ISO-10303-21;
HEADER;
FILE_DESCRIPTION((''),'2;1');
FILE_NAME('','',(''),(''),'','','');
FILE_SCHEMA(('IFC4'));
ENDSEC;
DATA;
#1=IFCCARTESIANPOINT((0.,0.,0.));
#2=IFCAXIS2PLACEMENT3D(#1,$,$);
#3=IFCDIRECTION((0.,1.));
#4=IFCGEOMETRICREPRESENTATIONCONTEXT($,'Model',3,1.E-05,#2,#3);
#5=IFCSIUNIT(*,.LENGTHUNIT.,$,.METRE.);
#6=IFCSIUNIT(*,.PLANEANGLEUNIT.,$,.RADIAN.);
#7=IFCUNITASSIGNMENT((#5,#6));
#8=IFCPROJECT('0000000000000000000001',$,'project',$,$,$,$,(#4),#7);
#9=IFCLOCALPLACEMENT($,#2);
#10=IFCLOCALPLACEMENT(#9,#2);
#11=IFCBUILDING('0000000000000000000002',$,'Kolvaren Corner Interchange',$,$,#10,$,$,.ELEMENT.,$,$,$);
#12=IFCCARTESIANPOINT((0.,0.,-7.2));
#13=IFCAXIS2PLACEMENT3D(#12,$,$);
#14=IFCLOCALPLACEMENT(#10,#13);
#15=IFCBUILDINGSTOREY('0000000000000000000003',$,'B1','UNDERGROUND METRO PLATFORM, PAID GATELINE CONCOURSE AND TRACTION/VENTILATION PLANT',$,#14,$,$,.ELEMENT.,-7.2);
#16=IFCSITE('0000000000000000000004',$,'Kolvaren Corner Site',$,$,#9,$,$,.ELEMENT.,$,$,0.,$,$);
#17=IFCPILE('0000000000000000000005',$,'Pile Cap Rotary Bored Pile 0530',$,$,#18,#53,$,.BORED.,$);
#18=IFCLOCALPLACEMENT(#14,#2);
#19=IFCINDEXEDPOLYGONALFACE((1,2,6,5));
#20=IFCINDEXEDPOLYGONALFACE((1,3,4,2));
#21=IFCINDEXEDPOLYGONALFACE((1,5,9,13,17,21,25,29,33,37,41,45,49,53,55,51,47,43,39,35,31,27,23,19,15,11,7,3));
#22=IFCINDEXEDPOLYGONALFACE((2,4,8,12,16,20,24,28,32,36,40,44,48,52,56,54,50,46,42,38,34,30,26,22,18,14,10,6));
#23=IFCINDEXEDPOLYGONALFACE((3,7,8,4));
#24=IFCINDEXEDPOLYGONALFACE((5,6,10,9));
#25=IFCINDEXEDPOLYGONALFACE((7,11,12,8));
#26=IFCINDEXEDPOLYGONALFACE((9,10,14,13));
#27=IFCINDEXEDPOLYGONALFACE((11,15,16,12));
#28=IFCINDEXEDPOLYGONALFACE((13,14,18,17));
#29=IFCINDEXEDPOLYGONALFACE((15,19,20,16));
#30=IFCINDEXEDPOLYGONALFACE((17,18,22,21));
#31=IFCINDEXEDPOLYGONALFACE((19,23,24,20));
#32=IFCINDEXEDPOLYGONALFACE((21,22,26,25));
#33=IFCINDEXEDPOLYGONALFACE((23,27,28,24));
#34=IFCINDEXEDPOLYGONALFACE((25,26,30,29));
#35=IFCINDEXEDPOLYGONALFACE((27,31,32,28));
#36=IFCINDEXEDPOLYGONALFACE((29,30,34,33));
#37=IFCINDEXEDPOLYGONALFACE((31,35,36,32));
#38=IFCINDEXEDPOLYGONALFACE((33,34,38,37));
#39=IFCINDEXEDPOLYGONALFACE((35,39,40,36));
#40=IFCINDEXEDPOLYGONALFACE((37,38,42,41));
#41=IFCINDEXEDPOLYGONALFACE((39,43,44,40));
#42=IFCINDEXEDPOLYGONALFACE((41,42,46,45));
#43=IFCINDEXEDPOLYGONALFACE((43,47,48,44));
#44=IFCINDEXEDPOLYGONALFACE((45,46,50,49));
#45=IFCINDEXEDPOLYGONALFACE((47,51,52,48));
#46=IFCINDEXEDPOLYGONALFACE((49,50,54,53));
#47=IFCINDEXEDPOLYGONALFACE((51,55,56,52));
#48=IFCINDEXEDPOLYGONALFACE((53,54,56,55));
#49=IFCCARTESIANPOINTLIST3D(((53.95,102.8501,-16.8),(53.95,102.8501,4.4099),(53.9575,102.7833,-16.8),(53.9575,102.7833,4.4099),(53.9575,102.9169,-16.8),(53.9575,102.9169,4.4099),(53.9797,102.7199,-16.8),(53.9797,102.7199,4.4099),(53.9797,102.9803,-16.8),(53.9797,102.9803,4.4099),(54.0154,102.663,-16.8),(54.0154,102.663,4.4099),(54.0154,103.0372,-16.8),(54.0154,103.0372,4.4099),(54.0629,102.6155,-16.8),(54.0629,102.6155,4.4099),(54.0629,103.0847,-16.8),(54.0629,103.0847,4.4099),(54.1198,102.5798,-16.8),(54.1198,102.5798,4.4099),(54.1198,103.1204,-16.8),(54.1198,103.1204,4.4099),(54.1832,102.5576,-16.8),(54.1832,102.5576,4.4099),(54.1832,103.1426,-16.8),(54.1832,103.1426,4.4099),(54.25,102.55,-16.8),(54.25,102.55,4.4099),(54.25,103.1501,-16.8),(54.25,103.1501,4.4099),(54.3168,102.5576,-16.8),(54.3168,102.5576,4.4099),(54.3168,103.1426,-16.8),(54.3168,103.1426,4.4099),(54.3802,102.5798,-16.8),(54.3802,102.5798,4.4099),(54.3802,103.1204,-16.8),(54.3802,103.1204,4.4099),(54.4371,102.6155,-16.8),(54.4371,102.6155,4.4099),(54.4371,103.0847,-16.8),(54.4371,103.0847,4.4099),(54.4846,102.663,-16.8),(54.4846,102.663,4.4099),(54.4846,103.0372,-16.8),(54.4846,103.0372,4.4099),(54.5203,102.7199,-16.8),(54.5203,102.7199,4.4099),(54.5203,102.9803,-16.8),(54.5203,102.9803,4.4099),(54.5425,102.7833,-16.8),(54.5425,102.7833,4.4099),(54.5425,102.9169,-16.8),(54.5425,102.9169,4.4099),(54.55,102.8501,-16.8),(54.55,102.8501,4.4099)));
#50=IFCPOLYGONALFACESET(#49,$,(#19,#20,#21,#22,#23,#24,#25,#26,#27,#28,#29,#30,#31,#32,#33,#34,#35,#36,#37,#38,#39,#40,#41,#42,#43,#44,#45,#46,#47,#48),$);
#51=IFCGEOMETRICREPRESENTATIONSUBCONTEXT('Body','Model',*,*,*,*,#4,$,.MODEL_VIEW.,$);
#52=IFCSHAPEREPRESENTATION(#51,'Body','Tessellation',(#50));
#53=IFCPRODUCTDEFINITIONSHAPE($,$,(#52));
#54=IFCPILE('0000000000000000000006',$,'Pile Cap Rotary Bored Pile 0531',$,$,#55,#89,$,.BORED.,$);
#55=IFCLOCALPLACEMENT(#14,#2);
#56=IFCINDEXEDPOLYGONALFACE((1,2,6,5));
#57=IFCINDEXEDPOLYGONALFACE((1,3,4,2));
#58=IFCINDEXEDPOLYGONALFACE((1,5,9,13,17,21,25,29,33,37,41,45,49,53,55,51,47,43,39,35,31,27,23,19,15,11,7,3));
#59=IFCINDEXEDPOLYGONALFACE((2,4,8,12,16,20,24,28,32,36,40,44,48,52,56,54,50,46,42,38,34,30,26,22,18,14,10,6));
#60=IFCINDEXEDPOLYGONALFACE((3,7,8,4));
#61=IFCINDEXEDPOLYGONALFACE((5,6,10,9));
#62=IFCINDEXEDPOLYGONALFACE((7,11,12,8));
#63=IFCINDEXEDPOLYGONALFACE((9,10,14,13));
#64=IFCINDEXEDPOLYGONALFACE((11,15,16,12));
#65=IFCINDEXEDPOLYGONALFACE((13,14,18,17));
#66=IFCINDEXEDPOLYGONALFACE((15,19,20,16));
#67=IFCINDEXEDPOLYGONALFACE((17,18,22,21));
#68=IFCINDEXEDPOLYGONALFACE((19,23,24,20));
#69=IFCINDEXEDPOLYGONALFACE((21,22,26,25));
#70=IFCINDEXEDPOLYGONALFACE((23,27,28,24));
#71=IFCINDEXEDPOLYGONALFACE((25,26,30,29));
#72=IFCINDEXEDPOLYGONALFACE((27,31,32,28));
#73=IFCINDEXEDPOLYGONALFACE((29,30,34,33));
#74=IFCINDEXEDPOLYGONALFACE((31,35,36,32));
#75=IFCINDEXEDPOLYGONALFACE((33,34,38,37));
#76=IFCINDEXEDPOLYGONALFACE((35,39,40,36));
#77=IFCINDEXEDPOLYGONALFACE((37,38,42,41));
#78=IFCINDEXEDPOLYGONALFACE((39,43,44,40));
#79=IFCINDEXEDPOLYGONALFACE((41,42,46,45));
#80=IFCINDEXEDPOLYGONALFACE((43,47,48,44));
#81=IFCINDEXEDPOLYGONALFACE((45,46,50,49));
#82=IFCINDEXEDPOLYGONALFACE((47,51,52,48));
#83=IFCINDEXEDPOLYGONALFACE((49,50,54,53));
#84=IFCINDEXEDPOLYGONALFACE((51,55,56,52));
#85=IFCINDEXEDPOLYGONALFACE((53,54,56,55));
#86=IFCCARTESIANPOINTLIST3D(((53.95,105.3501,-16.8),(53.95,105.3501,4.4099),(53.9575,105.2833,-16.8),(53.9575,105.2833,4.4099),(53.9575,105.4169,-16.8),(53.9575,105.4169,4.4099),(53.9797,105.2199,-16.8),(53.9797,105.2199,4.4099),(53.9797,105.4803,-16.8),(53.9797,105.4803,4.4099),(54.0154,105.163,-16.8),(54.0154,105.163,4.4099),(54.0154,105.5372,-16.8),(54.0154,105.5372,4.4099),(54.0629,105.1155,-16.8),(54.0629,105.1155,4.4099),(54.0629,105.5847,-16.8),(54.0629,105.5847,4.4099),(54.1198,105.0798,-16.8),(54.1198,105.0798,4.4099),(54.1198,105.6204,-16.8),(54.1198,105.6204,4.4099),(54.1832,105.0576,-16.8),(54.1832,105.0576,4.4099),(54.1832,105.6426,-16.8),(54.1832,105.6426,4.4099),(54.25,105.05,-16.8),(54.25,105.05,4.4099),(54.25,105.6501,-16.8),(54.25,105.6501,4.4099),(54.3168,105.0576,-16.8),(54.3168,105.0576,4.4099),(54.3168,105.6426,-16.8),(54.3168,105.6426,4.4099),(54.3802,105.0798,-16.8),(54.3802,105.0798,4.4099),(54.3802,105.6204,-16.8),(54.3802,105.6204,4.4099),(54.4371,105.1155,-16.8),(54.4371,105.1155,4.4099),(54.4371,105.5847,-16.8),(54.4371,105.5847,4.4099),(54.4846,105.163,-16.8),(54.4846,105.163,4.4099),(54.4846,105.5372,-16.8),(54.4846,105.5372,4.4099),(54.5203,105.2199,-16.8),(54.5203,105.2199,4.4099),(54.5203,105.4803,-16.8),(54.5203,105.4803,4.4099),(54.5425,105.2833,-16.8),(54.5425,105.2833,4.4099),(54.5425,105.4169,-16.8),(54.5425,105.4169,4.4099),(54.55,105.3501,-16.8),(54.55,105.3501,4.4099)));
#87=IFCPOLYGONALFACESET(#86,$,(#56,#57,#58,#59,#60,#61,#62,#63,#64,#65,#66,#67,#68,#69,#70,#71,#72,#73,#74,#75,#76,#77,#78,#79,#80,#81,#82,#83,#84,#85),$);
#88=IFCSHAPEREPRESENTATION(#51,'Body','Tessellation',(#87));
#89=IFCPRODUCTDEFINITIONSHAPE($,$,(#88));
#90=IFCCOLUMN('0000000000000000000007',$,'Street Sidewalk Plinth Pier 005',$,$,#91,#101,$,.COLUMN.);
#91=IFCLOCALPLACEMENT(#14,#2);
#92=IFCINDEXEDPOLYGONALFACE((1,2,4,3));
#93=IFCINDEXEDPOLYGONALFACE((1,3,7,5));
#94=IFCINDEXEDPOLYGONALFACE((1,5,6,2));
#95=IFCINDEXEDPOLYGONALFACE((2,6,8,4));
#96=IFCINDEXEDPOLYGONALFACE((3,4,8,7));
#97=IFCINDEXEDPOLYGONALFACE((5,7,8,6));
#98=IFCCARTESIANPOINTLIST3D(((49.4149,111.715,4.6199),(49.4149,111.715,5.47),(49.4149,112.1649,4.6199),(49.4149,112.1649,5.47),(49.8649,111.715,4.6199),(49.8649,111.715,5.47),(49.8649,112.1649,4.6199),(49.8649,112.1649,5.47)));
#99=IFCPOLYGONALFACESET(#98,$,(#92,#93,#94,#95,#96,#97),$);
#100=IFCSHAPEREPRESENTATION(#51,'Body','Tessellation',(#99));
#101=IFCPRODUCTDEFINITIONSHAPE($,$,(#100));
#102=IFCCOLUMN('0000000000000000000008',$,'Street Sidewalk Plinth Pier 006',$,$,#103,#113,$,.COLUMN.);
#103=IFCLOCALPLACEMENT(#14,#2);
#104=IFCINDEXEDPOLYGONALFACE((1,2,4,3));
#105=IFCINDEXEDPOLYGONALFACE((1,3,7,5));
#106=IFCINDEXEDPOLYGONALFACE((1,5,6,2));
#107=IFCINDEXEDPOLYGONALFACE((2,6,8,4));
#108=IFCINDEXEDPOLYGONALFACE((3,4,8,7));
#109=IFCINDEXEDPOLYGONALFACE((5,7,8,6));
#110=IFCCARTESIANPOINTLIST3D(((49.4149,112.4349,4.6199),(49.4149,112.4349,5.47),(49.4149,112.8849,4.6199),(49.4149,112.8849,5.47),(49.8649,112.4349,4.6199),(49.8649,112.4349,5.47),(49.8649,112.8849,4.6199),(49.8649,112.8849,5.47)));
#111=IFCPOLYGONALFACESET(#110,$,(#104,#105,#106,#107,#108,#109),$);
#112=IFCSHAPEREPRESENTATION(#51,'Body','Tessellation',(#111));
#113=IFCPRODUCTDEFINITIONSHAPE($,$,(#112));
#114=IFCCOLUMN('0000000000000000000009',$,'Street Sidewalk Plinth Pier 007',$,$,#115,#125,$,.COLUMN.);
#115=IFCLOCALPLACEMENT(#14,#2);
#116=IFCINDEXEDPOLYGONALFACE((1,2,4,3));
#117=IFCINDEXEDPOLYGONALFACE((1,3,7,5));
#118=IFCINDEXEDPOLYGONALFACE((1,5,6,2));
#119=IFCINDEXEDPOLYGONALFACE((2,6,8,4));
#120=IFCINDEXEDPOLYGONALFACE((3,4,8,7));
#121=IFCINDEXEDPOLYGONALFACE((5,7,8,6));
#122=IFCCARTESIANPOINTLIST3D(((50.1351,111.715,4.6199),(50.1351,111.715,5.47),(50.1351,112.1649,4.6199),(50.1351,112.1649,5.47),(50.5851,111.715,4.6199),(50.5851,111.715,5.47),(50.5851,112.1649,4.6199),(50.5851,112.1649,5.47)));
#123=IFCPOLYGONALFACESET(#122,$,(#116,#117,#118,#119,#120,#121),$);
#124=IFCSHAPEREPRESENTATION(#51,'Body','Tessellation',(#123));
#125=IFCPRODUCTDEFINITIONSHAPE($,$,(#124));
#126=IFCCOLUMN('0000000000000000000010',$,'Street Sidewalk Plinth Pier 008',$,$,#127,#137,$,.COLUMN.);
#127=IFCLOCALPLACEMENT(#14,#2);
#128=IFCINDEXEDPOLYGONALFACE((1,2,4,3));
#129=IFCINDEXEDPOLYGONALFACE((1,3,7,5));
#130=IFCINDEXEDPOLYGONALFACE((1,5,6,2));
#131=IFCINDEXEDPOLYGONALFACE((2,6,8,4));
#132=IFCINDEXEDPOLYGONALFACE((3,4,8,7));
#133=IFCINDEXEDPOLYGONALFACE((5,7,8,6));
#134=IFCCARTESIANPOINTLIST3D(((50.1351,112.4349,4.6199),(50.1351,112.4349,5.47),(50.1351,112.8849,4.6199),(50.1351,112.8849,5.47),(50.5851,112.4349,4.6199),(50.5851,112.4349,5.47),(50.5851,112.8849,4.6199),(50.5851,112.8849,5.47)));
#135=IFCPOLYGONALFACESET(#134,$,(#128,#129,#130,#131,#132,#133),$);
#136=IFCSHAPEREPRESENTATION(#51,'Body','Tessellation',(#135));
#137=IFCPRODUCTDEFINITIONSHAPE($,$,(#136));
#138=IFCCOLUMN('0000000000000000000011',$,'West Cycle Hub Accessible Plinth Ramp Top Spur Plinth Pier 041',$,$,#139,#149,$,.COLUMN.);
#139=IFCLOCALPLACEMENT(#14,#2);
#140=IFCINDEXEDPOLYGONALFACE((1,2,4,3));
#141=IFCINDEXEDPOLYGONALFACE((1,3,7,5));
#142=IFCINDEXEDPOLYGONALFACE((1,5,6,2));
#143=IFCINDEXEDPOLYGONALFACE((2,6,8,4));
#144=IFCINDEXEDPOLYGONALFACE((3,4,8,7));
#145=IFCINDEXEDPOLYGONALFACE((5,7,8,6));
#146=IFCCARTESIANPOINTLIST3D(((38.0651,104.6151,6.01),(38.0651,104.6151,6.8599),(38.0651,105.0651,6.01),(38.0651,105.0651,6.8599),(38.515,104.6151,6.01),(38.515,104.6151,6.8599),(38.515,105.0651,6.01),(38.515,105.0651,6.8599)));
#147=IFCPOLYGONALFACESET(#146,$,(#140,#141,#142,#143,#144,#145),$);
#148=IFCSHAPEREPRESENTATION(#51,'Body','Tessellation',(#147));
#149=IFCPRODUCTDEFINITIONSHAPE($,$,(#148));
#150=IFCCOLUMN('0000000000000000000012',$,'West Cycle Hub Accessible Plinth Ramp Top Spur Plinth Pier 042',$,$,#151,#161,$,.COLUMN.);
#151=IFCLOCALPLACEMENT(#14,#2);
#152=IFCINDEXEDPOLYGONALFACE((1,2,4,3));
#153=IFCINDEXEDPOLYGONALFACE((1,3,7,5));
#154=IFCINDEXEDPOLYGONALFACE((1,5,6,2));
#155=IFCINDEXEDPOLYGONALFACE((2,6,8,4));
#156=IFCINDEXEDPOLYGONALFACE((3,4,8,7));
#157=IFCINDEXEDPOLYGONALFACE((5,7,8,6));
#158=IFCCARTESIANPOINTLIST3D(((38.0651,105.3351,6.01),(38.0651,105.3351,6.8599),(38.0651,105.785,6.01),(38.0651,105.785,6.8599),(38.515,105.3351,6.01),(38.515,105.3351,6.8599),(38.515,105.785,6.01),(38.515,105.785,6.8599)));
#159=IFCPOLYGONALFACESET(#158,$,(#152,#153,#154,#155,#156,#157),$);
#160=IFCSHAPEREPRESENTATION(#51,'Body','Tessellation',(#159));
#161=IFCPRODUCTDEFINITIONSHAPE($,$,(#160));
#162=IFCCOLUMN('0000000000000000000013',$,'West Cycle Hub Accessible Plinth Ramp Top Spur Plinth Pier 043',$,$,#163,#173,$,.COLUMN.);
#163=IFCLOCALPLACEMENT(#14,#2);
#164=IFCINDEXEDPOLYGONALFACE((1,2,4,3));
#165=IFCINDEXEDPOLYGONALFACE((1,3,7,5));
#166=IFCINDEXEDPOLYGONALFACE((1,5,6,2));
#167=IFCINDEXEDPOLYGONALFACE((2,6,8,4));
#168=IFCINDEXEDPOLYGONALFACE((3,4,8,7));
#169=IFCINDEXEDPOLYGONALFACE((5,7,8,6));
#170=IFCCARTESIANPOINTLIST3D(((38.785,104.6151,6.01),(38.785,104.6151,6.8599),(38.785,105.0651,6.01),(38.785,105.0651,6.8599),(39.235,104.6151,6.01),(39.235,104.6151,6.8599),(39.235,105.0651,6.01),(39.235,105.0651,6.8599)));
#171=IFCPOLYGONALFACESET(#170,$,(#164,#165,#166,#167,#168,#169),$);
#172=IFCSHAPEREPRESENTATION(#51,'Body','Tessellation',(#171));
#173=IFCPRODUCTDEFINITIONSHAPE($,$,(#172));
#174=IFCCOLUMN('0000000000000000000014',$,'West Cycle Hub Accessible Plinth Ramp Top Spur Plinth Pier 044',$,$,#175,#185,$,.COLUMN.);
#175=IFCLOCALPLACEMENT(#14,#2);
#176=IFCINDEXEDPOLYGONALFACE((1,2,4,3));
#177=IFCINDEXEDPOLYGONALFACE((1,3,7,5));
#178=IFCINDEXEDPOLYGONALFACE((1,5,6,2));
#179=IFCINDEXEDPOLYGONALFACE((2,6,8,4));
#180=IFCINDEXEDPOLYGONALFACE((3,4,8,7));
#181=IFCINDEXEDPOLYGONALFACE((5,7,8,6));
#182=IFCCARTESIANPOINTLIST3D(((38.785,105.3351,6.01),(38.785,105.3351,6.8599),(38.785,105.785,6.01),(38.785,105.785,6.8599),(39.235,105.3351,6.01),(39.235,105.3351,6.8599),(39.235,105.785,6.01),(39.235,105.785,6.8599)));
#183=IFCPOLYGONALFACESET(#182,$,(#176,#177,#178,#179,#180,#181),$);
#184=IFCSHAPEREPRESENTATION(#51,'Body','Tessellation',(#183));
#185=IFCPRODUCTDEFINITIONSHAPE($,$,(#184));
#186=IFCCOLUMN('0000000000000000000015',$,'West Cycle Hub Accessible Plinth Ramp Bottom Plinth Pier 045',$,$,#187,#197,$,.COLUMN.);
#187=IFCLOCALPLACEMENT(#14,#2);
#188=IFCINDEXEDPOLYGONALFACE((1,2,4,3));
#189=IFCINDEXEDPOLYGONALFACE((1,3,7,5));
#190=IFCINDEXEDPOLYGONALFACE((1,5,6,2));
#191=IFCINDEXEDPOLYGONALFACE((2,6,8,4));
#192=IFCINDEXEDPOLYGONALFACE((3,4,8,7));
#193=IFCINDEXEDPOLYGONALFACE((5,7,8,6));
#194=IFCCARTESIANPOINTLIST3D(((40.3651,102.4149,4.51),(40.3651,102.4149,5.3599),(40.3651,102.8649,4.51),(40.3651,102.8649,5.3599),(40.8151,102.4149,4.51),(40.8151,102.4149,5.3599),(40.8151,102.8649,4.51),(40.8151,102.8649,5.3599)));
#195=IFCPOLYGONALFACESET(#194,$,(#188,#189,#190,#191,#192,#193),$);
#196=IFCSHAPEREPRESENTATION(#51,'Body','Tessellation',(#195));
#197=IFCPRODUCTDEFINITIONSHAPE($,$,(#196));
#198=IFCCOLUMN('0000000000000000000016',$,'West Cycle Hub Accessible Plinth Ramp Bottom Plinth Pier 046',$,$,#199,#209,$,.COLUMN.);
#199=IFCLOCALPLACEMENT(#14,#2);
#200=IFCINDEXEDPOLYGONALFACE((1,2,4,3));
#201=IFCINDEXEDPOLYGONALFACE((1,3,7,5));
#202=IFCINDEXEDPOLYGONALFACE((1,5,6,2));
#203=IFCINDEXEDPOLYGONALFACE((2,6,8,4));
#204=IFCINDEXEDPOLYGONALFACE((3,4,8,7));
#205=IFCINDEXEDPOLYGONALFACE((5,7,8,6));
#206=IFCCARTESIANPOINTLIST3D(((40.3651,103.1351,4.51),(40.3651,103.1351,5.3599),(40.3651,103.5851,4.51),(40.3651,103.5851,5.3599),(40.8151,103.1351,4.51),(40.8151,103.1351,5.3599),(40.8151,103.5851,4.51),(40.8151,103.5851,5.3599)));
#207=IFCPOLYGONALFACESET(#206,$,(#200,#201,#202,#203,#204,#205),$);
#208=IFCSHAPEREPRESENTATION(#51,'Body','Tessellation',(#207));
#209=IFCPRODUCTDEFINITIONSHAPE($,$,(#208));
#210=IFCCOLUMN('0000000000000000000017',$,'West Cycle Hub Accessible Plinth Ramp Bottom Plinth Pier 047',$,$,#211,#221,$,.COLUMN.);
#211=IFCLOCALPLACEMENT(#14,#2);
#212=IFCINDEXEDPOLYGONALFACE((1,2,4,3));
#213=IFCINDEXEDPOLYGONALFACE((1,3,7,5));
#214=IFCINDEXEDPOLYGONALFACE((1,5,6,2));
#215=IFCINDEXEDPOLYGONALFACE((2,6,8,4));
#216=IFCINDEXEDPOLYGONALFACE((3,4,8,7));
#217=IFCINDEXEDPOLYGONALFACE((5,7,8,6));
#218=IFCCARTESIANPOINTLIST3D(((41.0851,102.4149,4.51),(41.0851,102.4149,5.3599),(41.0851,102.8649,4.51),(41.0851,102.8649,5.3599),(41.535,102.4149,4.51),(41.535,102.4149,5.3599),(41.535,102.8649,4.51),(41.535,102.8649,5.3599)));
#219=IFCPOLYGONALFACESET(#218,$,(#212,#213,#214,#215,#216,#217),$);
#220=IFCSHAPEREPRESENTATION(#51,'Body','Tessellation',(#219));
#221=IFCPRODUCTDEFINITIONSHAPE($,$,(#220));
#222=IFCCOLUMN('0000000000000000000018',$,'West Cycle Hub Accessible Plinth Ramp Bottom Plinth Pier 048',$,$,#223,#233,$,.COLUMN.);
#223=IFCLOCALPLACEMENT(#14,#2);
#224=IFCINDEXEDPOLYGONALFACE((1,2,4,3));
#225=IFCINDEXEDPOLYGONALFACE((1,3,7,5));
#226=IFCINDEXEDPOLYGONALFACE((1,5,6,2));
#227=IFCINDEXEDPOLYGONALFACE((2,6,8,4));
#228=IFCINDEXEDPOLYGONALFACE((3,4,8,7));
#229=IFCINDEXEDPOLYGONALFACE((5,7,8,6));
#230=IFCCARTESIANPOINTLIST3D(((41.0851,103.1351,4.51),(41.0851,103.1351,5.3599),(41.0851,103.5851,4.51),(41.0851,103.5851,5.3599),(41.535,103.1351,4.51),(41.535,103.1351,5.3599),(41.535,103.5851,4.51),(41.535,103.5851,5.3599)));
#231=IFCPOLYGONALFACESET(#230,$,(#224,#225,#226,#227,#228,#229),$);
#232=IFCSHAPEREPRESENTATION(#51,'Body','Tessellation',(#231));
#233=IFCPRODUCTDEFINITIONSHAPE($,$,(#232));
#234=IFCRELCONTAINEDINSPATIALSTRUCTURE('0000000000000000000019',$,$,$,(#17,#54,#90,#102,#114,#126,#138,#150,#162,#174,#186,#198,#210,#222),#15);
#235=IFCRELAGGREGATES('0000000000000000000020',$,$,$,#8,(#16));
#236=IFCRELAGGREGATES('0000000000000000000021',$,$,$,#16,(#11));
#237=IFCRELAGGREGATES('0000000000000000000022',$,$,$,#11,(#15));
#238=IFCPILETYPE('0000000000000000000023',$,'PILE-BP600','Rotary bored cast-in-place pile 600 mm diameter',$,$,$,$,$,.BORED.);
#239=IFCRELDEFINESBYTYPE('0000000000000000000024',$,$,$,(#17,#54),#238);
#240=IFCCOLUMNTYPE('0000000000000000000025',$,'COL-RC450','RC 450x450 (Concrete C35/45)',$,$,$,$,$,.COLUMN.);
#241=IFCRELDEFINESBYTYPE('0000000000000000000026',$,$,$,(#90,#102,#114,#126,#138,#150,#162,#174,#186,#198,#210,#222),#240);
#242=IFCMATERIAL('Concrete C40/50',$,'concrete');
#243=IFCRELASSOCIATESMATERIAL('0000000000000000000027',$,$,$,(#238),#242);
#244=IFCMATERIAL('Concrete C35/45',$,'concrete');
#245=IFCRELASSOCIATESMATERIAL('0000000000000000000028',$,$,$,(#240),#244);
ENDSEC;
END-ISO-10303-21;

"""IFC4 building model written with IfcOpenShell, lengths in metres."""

from ifc_helpers import new_model, si_unit, direction, frame, origin, origin_2d, place, context, subcontext, project, spatial, rectangle, circle, extrude, material, material_profile, profile_set, type_object, element, save


model = new_model("IFC4")

# Units and contexts
model_context = context("Model", 3, precision=1e-05, world=origin(), true_north=direction((0.0, 1.0)))
body_context = subcontext(model_context, "Body", "Model", "MODEL_VIEW")
ifc_project = project(units=[si_unit("LENGTHUNIT", "METRE"), si_unit("PLANEANGLEUNIT", "RADIAN")], contexts=[model_context])

# Site, building, storey
site_placement = place(None, origin())
site = spatial("IfcSite", under=ifc_project, at=site_placement, Name="Kolvaren Corner Site", CompositionType="ELEMENT", RefElevation=0.0)
building_placement = place(site_placement, origin())
building = spatial("IfcBuilding", under=site, at=building_placement, Name="Kolvaren Corner Interchange", CompositionType="ELEMENT")
storey_placement = place(building_placement, frame((0.0, 0.0, -7.2)))
storey = spatial("IfcBuildingStorey", under=building, at=storey_placement, Name="B1", Description="UNDERGROUND METRO PLATFORM, PAID GATELINE CONCOURSE AND TRACTION/VENTILATION PLANT", CompositionType="ELEMENT", Elevation=-7.2)

# Piles
ifc_material_1 = material(Name="Concrete C40/50", Category="concrete")
ifc_material_profile_1 = material_profile(ifc_material_1, circle(Radius=0.3, at=origin_2d()), Name="BORED PILE 600")
ifc_profile_set_1 = profile_set([ifc_material_profile_1], Name="Concrete C40/50")
pile_type = type_object("IfcPileType", Name="PILE-BP600", Description="Rotary bored cast-in-place pile 600 mm diameter", PredefinedType="BORED", material=ifc_profile_set_1)
for number, where, z_axis, x_axis, name in (
    (1, (54.25, 102.8501, 4.4099), (0.0, 0.0, -1.0), (1.0, 0.0, 0.0), "Pile Cap Rotary Bored Pile 0530"),
    (2, (54.25, 105.3501, 4.4099), (0.0, 0.0, -1.0), (1.0, 0.0, 0.0), "Pile Cap Rotary Bored Pile 0531"),
):
    element("IfcPile", number, at=place(storey_placement, frame(where, z_axis=z_axis, x_axis=x_axis)), inside=storey, type_object=pile_type, Name=name, PredefinedType="BORED", context=body_context, shape_type="SweptSolid", body=[
        extrude(circle(Radius=0.3, at=origin_2d()), origin(), (0.0, 0.0, 1.0), 21.21),
    ])

# Columns
ifc_material_2 = material(Name="Concrete C35/45", Category="concrete")
ifc_material_profile_2 = material_profile(ifc_material_2, rectangle(XDim=0.45, YDim=0.45, at=origin_2d()), Name="RC 450x450")
ifc_profile_set_2 = profile_set([ifc_material_profile_2], Name="Concrete C35/45")
column_type = type_object("IfcColumnType", Name="COL-RC450", Description="RC 450x450 (Concrete C35/45)", PredefinedType="COLUMN", material=ifc_profile_set_2)
for number, where, z_axis, x_axis, name in (
    (3, (49.6399, 111.9399, 4.6199), (0.0, 0.0, 1.0), (1.0, 0.0, 0.0), "Street Sidewalk Plinth Pier 005"),
    (4, (49.6399, 112.6599, 4.6199), (0.0, 0.0, 1.0), (1.0, 0.0, 0.0), "Street Sidewalk Plinth Pier 006"),
    (5, (50.3601, 111.9399, 4.6199), (0.0, 0.0, 1.0), (1.0, 0.0, 0.0), "Street Sidewalk Plinth Pier 007"),
    (6, (50.3601, 112.6599, 4.6199), (0.0, 0.0, 1.0), (1.0, 0.0, 0.0), "Street Sidewalk Plinth Pier 008"),
):
    element("IfcColumn", number, at=place(storey_placement, frame(where, z_axis=z_axis, x_axis=x_axis)), inside=storey, type_object=column_type, Name=name, PredefinedType="COLUMN", context=body_context, shape_type="SweptSolid", body=[
        extrude(rectangle(XDim=0.45, YDim=0.45, at=origin_2d()), origin(), (0.0, 0.0, 1.0), 0.8501),
    ])
for number, where, z_axis, x_axis, name in (
    (7, (38.29, 104.8401, 6.01), (0.0, 0.0, 1.0), (1.0, 0.0, 0.0), "West Cycle Hub Accessible Plinth Ramp Top Spur Plinth Pier 041"),
    (8, (38.29, 105.5601, 6.01), (0.0, 0.0, 1.0), (1.0, 0.0, 0.0), "West Cycle Hub Accessible Plinth Ramp Top Spur Plinth Pier 042"),
    (9, (39.01, 104.8401, 6.01), (0.0, 0.0, 1.0), (1.0, 0.0, 0.0), "West Cycle Hub Accessible Plinth Ramp Top Spur Plinth Pier 043"),
    (10, (39.01, 105.5601, 6.01), (0.0, 0.0, 1.0), (1.0, 0.0, 0.0), "West Cycle Hub Accessible Plinth Ramp Top Spur Plinth Pier 044"),
    (11, (40.5901, 102.6399, 4.51), (0.0, 0.0, 1.0), (1.0, 0.0, 0.0), "West Cycle Hub Accessible Plinth Ramp Bottom Plinth Pier 045"),
    (12, (40.5901, 103.3601, 4.51), (0.0, 0.0, 1.0), (1.0, 0.0, 0.0), "West Cycle Hub Accessible Plinth Ramp Bottom Plinth Pier 046"),
    (13, (41.3101, 102.6399, 4.51), (0.0, 0.0, 1.0), (1.0, 0.0, 0.0), "West Cycle Hub Accessible Plinth Ramp Bottom Plinth Pier 047"),
    (14, (41.3101, 103.3601, 4.51), (0.0, 0.0, 1.0), (1.0, 0.0, 0.0), "West Cycle Hub Accessible Plinth Ramp Bottom Plinth Pier 048"),
):
    element("IfcColumn", number, at=place(storey_placement, frame(where, z_axis=z_axis, x_axis=x_axis)), inside=storey, type_object=column_type, Name=name, PredefinedType="COLUMN", context=body_context, shape_type="SweptSolid", body=[
        extrude(rectangle(XDim=0.45, YDim=0.45, at=origin_2d()), origin(), (0.0, 0.0, 1.0), 0.8499),
    ])

save(model, "model.ifc")
